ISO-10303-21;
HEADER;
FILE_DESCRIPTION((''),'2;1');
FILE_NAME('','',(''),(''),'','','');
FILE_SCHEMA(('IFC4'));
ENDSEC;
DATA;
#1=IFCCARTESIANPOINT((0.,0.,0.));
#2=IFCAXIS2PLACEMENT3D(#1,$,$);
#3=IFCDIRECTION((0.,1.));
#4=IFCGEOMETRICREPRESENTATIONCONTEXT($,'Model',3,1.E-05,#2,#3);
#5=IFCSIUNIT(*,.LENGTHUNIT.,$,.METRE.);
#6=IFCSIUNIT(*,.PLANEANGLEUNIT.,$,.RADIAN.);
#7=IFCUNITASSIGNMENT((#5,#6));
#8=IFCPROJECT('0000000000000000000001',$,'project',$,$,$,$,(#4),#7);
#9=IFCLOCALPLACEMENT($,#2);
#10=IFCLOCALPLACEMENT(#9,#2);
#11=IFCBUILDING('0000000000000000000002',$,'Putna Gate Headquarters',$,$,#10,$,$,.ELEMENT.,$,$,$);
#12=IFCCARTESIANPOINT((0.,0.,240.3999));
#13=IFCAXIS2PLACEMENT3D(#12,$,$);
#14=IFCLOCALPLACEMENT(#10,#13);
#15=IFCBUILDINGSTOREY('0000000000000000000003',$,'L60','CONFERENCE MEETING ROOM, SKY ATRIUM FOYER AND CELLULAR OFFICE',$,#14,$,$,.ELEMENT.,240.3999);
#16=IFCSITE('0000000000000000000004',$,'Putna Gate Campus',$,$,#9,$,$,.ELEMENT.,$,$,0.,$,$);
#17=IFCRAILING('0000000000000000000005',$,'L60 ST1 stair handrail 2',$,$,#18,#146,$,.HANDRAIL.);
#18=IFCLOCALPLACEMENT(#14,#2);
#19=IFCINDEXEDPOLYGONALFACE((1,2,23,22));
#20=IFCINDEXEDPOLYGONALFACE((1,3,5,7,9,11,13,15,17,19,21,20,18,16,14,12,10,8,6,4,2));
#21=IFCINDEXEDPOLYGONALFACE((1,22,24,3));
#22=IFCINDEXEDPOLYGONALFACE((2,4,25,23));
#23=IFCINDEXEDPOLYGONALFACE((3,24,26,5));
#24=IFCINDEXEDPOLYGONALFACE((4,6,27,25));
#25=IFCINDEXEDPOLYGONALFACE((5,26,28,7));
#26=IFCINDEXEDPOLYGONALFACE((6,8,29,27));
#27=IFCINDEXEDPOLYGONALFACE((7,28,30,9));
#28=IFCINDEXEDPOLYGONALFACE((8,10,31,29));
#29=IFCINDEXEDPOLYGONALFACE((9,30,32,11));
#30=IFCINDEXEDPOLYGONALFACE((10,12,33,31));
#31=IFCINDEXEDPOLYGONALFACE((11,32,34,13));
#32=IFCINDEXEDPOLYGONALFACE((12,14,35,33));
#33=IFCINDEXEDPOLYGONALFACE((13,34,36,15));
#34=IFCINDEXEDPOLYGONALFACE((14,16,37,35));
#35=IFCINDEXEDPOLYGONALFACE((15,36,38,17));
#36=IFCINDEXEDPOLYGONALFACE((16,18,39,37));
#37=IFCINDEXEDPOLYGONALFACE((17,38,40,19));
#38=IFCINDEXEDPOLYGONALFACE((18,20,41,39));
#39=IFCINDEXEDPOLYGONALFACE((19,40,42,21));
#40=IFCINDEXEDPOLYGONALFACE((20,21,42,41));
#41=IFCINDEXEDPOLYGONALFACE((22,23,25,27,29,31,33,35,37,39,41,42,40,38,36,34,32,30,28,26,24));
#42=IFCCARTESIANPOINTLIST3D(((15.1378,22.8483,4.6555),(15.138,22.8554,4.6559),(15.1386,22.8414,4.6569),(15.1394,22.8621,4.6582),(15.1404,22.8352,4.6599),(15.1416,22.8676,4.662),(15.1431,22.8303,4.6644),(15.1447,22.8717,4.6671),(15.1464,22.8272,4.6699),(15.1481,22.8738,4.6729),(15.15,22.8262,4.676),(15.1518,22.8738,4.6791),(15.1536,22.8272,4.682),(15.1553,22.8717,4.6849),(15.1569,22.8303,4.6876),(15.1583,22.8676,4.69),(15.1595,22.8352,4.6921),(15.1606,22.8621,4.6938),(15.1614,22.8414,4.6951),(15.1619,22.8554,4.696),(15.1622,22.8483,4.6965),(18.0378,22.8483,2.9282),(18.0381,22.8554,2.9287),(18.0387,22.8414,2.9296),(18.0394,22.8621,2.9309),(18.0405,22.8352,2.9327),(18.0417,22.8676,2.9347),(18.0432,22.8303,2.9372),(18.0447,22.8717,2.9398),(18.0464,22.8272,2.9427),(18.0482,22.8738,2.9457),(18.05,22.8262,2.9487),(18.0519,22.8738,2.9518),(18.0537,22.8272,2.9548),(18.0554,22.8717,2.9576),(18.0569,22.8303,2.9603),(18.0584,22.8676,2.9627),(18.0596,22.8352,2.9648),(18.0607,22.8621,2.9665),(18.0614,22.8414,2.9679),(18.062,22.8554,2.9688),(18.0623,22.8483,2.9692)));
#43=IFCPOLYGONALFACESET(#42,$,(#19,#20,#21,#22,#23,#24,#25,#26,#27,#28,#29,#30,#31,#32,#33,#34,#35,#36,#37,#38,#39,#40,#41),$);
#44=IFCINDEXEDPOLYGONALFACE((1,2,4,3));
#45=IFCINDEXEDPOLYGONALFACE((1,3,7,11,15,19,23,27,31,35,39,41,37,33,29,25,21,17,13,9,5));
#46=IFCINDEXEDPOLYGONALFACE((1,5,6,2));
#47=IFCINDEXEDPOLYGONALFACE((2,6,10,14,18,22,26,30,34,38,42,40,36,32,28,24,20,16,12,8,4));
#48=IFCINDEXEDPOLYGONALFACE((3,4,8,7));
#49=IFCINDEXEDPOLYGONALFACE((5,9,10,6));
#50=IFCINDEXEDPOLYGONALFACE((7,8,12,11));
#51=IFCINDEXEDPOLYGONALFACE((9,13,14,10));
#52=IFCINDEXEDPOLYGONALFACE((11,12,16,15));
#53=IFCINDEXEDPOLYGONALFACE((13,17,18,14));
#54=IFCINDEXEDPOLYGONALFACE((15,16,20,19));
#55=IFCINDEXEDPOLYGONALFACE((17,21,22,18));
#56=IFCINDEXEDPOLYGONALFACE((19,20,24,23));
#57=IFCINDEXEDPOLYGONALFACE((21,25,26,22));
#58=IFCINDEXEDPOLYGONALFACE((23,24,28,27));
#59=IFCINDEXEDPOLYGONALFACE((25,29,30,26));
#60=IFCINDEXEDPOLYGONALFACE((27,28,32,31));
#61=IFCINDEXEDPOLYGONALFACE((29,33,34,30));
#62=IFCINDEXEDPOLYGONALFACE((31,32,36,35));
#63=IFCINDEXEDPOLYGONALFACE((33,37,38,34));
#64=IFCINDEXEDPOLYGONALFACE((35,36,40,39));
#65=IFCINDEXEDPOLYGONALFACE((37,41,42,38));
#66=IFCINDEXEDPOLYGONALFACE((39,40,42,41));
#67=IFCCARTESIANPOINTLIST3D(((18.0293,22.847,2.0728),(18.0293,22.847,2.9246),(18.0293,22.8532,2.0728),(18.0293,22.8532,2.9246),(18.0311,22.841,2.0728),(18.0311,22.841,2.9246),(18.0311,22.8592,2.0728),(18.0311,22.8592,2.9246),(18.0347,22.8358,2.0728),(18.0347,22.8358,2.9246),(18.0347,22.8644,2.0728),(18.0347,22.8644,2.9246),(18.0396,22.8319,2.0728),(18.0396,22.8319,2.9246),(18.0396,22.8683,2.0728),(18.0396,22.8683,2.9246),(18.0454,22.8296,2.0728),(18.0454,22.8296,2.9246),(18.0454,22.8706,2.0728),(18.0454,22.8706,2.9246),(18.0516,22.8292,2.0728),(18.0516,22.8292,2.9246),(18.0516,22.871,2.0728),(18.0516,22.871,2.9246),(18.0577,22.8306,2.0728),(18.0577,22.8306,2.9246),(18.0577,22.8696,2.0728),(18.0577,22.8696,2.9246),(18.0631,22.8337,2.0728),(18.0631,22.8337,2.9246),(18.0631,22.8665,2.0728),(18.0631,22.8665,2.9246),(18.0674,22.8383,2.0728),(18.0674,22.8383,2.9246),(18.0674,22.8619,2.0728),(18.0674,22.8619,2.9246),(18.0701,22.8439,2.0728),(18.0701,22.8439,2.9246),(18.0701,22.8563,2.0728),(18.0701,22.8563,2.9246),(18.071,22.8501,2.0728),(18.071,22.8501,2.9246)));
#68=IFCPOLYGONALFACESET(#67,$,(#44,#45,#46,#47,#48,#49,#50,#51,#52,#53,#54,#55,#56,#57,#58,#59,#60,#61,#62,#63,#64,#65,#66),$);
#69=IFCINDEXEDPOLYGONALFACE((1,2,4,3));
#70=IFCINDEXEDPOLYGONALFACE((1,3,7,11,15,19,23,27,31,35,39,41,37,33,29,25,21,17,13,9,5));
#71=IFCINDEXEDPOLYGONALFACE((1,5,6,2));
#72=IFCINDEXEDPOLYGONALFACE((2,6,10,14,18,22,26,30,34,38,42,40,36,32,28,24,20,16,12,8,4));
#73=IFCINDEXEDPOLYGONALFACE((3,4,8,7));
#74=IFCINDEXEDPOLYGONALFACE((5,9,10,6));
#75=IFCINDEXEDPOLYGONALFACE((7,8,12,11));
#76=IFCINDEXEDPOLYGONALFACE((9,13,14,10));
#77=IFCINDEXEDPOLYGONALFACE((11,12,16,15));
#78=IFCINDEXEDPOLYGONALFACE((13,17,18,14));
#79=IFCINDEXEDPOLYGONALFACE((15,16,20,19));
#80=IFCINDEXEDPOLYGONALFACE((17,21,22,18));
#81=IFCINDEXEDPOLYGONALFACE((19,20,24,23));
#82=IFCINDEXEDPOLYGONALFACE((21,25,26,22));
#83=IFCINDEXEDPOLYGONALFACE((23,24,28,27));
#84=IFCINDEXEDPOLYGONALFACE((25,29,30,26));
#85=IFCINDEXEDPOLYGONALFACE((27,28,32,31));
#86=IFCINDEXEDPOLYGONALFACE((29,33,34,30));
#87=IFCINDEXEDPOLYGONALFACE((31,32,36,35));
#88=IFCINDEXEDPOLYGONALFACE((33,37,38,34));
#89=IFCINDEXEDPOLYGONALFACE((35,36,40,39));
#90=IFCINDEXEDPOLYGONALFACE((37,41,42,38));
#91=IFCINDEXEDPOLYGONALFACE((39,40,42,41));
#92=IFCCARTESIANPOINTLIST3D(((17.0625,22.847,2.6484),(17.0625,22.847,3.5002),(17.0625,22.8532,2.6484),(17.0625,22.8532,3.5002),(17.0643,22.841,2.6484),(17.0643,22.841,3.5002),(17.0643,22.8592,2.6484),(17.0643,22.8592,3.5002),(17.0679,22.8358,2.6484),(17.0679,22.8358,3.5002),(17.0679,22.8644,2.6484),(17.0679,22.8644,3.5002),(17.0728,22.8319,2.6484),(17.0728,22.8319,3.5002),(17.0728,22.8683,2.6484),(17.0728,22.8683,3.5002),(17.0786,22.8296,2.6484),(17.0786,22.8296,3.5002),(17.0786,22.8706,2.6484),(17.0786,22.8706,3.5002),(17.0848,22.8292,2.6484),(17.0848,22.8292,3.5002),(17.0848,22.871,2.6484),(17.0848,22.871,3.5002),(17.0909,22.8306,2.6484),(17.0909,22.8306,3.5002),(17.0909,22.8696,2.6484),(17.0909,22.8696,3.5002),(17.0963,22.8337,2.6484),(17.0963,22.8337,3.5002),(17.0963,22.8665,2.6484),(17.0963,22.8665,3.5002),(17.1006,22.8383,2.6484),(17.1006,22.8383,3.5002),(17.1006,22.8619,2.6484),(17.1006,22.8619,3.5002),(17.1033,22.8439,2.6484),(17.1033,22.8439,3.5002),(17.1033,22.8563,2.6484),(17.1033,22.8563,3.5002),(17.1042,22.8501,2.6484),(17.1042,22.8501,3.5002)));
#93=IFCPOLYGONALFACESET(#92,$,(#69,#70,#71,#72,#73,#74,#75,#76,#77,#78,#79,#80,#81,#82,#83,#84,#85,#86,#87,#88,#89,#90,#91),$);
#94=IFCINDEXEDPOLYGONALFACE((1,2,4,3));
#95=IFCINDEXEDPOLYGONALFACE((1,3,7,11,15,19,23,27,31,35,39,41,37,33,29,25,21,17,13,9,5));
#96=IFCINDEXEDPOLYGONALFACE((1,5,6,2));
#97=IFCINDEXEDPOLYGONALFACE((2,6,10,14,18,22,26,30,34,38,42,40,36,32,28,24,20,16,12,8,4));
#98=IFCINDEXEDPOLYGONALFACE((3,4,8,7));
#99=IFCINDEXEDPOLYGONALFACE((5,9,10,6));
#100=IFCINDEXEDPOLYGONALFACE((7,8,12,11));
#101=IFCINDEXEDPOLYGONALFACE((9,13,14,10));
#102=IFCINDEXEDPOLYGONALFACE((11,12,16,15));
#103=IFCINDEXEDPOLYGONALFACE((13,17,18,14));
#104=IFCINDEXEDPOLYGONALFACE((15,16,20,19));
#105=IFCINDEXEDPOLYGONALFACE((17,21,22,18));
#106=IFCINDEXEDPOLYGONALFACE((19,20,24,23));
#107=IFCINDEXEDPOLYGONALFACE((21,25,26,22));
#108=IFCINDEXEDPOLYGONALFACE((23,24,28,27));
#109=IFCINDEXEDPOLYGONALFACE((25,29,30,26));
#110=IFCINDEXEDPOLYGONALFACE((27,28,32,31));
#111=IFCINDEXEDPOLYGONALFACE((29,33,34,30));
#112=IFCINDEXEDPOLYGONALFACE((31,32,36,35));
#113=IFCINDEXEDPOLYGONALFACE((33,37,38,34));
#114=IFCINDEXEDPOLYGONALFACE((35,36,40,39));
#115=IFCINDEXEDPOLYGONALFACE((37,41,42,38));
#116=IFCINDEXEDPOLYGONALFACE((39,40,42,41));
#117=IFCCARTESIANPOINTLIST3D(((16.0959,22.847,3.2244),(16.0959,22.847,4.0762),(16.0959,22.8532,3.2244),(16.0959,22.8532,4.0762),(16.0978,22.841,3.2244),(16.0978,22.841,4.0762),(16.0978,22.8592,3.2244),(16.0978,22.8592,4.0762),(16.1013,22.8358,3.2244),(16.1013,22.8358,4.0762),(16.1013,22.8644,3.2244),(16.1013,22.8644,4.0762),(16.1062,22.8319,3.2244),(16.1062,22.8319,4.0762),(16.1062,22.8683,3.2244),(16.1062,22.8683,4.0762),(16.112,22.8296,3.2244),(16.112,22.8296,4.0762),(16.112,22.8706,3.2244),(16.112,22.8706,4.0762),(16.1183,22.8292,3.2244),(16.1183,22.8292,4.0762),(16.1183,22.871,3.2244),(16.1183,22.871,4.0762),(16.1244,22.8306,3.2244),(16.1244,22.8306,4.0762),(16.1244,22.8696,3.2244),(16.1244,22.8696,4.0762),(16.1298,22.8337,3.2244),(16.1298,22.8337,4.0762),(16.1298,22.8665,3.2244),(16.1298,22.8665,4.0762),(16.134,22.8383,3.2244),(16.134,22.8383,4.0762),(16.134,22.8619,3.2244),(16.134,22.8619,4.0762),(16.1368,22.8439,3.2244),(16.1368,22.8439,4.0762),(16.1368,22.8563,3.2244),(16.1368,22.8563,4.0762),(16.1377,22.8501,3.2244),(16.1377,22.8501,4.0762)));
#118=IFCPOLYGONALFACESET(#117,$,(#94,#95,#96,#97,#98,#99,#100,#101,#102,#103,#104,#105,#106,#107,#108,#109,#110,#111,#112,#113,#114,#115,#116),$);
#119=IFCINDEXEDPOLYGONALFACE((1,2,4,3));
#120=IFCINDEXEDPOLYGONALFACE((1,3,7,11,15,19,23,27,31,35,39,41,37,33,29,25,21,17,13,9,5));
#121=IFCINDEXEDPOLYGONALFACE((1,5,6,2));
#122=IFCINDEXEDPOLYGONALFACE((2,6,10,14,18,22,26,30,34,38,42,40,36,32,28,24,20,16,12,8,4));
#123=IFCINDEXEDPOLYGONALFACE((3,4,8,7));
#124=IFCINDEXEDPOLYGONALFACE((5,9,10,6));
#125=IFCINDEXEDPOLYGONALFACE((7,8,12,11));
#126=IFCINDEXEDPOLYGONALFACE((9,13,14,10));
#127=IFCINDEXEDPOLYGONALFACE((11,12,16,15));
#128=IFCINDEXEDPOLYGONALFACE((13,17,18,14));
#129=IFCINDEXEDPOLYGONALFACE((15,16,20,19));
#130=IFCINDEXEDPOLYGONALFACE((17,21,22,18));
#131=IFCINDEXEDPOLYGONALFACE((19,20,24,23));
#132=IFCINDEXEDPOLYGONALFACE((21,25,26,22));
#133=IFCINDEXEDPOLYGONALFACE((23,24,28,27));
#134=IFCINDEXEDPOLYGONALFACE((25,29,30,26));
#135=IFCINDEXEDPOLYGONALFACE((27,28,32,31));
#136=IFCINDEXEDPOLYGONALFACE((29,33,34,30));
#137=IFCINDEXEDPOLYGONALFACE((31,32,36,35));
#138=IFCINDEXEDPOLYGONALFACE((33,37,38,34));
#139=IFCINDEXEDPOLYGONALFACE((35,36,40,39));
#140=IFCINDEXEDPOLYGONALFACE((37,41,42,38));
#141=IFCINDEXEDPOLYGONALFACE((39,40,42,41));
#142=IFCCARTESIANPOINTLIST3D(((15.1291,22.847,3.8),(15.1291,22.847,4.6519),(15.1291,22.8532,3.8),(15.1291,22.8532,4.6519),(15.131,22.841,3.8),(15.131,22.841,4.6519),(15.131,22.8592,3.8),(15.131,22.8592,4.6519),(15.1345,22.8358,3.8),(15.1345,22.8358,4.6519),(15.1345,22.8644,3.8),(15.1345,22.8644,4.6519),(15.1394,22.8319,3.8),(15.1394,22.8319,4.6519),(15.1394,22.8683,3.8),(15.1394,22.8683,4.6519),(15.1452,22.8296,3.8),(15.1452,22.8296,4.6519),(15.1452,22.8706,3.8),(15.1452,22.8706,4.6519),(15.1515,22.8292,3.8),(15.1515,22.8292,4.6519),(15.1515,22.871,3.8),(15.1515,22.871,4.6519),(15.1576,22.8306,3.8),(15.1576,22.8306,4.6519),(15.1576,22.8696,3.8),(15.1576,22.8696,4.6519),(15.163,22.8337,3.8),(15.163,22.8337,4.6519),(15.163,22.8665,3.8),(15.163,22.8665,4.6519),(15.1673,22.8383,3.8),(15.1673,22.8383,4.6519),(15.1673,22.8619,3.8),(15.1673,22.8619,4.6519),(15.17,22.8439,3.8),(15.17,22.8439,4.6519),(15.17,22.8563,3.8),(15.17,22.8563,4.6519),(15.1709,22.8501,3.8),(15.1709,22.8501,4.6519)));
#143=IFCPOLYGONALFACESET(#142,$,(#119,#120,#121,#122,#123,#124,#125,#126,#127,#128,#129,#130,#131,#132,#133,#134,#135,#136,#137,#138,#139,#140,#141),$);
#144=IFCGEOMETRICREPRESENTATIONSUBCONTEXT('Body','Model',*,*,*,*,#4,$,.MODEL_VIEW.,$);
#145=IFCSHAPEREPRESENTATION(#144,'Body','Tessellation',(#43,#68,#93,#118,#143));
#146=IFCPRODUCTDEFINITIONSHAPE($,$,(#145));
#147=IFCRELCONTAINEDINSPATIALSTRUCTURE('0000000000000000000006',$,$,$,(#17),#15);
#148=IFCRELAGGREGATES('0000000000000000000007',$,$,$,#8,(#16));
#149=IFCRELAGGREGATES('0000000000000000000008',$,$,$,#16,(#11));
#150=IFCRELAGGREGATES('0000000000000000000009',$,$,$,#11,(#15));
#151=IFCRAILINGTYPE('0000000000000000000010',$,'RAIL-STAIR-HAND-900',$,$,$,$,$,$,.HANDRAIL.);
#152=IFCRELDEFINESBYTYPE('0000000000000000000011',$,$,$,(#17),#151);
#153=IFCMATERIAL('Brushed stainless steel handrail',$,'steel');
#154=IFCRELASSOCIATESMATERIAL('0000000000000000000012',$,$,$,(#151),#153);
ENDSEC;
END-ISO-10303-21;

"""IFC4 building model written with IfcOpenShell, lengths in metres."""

from ifc_helpers import new_model, si_unit, direction, frame, origin, origin_2d, place, context, subcontext, project, spatial, circle, extrude, material, type_object, element, save


model = new_model("IFC4")

# Units and contexts
model_context = context("Model", 3, precision=1e-05, world=origin(), true_north=direction((0.0, 1.0)))
body_context = subcontext(model_context, "Body", "Model", "MODEL_VIEW")
ifc_project = project(units=[si_unit("LENGTHUNIT", "METRE"), si_unit("PLANEANGLEUNIT", "RADIAN")], contexts=[model_context])

# Site, building, storey
site_placement = place(None, origin())
site = spatial("IfcSite", under=ifc_project, at=site_placement, Name="Putna Gate Campus", CompositionType="ELEMENT", RefElevation=0.0)
building_placement = place(site_placement, origin())
building = spatial("IfcBuilding", under=site, at=building_placement, Name="Putna Gate Headquarters", CompositionType="ELEMENT")
storey_placement = place(building_placement, frame((0.0, 0.0, 240.3999)))
storey = spatial("IfcBuildingStorey", under=building, at=storey_placement, Name="L60", Description="CONFERENCE MEETING ROOM, SKY ATRIUM FOYER AND CELLULAR OFFICE", CompositionType="ELEMENT", Elevation=240.3999)

# Railing
ifc_material_1 = material(Name="Brushed stainless steel handrail", Category="steel")
railing_type_1 = type_object("IfcRailingType", Name="RAIL-STAIR-HAND-900", PredefinedType="HANDRAIL", material=ifc_material_1)
railing_1_placement = place(storey_placement, frame((18.05, 22.8501, 2.0728)))
element("IfcRailing", 1, at=railing_1_placement, inside=storey, type_object=railing_type_1, Name="L60 ST1 stair handrail 2", PredefinedType="HANDRAIL", context=body_context, shape_type="SweptSolid", body=[
    extrude(circle(Radius=0.0239, at=origin_2d()), frame((0.0, 0.0, 0.876), z_axis=(-0.85916, 0.0, 0.511706), x_axis=(0.0, -1.0, 0.0)), (0.0, 0.0, 1.0), 3.3755),
    extrude(circle(Radius=0.021, at=origin_2d()), origin(), (0.0, 0.0, 1.0), 0.8518),
    extrude(circle(Radius=0.021, at=origin_2d()), frame((-0.9668, 0.0, 0.5757)), (0.0, 0.0, 1.0), 0.8518),
    extrude(circle(Radius=0.021, at=origin_2d()), frame((-1.9333, 0.0, 1.1516)), (0.0, 0.0, 1.0), 0.8518),
    extrude(circle(Radius=0.021, at=origin_2d()), frame((-2.9001, 0.0, 1.7273)), (0.0, 0.0, 1.0), 0.8518),
])

save(model, "model.ifc")
